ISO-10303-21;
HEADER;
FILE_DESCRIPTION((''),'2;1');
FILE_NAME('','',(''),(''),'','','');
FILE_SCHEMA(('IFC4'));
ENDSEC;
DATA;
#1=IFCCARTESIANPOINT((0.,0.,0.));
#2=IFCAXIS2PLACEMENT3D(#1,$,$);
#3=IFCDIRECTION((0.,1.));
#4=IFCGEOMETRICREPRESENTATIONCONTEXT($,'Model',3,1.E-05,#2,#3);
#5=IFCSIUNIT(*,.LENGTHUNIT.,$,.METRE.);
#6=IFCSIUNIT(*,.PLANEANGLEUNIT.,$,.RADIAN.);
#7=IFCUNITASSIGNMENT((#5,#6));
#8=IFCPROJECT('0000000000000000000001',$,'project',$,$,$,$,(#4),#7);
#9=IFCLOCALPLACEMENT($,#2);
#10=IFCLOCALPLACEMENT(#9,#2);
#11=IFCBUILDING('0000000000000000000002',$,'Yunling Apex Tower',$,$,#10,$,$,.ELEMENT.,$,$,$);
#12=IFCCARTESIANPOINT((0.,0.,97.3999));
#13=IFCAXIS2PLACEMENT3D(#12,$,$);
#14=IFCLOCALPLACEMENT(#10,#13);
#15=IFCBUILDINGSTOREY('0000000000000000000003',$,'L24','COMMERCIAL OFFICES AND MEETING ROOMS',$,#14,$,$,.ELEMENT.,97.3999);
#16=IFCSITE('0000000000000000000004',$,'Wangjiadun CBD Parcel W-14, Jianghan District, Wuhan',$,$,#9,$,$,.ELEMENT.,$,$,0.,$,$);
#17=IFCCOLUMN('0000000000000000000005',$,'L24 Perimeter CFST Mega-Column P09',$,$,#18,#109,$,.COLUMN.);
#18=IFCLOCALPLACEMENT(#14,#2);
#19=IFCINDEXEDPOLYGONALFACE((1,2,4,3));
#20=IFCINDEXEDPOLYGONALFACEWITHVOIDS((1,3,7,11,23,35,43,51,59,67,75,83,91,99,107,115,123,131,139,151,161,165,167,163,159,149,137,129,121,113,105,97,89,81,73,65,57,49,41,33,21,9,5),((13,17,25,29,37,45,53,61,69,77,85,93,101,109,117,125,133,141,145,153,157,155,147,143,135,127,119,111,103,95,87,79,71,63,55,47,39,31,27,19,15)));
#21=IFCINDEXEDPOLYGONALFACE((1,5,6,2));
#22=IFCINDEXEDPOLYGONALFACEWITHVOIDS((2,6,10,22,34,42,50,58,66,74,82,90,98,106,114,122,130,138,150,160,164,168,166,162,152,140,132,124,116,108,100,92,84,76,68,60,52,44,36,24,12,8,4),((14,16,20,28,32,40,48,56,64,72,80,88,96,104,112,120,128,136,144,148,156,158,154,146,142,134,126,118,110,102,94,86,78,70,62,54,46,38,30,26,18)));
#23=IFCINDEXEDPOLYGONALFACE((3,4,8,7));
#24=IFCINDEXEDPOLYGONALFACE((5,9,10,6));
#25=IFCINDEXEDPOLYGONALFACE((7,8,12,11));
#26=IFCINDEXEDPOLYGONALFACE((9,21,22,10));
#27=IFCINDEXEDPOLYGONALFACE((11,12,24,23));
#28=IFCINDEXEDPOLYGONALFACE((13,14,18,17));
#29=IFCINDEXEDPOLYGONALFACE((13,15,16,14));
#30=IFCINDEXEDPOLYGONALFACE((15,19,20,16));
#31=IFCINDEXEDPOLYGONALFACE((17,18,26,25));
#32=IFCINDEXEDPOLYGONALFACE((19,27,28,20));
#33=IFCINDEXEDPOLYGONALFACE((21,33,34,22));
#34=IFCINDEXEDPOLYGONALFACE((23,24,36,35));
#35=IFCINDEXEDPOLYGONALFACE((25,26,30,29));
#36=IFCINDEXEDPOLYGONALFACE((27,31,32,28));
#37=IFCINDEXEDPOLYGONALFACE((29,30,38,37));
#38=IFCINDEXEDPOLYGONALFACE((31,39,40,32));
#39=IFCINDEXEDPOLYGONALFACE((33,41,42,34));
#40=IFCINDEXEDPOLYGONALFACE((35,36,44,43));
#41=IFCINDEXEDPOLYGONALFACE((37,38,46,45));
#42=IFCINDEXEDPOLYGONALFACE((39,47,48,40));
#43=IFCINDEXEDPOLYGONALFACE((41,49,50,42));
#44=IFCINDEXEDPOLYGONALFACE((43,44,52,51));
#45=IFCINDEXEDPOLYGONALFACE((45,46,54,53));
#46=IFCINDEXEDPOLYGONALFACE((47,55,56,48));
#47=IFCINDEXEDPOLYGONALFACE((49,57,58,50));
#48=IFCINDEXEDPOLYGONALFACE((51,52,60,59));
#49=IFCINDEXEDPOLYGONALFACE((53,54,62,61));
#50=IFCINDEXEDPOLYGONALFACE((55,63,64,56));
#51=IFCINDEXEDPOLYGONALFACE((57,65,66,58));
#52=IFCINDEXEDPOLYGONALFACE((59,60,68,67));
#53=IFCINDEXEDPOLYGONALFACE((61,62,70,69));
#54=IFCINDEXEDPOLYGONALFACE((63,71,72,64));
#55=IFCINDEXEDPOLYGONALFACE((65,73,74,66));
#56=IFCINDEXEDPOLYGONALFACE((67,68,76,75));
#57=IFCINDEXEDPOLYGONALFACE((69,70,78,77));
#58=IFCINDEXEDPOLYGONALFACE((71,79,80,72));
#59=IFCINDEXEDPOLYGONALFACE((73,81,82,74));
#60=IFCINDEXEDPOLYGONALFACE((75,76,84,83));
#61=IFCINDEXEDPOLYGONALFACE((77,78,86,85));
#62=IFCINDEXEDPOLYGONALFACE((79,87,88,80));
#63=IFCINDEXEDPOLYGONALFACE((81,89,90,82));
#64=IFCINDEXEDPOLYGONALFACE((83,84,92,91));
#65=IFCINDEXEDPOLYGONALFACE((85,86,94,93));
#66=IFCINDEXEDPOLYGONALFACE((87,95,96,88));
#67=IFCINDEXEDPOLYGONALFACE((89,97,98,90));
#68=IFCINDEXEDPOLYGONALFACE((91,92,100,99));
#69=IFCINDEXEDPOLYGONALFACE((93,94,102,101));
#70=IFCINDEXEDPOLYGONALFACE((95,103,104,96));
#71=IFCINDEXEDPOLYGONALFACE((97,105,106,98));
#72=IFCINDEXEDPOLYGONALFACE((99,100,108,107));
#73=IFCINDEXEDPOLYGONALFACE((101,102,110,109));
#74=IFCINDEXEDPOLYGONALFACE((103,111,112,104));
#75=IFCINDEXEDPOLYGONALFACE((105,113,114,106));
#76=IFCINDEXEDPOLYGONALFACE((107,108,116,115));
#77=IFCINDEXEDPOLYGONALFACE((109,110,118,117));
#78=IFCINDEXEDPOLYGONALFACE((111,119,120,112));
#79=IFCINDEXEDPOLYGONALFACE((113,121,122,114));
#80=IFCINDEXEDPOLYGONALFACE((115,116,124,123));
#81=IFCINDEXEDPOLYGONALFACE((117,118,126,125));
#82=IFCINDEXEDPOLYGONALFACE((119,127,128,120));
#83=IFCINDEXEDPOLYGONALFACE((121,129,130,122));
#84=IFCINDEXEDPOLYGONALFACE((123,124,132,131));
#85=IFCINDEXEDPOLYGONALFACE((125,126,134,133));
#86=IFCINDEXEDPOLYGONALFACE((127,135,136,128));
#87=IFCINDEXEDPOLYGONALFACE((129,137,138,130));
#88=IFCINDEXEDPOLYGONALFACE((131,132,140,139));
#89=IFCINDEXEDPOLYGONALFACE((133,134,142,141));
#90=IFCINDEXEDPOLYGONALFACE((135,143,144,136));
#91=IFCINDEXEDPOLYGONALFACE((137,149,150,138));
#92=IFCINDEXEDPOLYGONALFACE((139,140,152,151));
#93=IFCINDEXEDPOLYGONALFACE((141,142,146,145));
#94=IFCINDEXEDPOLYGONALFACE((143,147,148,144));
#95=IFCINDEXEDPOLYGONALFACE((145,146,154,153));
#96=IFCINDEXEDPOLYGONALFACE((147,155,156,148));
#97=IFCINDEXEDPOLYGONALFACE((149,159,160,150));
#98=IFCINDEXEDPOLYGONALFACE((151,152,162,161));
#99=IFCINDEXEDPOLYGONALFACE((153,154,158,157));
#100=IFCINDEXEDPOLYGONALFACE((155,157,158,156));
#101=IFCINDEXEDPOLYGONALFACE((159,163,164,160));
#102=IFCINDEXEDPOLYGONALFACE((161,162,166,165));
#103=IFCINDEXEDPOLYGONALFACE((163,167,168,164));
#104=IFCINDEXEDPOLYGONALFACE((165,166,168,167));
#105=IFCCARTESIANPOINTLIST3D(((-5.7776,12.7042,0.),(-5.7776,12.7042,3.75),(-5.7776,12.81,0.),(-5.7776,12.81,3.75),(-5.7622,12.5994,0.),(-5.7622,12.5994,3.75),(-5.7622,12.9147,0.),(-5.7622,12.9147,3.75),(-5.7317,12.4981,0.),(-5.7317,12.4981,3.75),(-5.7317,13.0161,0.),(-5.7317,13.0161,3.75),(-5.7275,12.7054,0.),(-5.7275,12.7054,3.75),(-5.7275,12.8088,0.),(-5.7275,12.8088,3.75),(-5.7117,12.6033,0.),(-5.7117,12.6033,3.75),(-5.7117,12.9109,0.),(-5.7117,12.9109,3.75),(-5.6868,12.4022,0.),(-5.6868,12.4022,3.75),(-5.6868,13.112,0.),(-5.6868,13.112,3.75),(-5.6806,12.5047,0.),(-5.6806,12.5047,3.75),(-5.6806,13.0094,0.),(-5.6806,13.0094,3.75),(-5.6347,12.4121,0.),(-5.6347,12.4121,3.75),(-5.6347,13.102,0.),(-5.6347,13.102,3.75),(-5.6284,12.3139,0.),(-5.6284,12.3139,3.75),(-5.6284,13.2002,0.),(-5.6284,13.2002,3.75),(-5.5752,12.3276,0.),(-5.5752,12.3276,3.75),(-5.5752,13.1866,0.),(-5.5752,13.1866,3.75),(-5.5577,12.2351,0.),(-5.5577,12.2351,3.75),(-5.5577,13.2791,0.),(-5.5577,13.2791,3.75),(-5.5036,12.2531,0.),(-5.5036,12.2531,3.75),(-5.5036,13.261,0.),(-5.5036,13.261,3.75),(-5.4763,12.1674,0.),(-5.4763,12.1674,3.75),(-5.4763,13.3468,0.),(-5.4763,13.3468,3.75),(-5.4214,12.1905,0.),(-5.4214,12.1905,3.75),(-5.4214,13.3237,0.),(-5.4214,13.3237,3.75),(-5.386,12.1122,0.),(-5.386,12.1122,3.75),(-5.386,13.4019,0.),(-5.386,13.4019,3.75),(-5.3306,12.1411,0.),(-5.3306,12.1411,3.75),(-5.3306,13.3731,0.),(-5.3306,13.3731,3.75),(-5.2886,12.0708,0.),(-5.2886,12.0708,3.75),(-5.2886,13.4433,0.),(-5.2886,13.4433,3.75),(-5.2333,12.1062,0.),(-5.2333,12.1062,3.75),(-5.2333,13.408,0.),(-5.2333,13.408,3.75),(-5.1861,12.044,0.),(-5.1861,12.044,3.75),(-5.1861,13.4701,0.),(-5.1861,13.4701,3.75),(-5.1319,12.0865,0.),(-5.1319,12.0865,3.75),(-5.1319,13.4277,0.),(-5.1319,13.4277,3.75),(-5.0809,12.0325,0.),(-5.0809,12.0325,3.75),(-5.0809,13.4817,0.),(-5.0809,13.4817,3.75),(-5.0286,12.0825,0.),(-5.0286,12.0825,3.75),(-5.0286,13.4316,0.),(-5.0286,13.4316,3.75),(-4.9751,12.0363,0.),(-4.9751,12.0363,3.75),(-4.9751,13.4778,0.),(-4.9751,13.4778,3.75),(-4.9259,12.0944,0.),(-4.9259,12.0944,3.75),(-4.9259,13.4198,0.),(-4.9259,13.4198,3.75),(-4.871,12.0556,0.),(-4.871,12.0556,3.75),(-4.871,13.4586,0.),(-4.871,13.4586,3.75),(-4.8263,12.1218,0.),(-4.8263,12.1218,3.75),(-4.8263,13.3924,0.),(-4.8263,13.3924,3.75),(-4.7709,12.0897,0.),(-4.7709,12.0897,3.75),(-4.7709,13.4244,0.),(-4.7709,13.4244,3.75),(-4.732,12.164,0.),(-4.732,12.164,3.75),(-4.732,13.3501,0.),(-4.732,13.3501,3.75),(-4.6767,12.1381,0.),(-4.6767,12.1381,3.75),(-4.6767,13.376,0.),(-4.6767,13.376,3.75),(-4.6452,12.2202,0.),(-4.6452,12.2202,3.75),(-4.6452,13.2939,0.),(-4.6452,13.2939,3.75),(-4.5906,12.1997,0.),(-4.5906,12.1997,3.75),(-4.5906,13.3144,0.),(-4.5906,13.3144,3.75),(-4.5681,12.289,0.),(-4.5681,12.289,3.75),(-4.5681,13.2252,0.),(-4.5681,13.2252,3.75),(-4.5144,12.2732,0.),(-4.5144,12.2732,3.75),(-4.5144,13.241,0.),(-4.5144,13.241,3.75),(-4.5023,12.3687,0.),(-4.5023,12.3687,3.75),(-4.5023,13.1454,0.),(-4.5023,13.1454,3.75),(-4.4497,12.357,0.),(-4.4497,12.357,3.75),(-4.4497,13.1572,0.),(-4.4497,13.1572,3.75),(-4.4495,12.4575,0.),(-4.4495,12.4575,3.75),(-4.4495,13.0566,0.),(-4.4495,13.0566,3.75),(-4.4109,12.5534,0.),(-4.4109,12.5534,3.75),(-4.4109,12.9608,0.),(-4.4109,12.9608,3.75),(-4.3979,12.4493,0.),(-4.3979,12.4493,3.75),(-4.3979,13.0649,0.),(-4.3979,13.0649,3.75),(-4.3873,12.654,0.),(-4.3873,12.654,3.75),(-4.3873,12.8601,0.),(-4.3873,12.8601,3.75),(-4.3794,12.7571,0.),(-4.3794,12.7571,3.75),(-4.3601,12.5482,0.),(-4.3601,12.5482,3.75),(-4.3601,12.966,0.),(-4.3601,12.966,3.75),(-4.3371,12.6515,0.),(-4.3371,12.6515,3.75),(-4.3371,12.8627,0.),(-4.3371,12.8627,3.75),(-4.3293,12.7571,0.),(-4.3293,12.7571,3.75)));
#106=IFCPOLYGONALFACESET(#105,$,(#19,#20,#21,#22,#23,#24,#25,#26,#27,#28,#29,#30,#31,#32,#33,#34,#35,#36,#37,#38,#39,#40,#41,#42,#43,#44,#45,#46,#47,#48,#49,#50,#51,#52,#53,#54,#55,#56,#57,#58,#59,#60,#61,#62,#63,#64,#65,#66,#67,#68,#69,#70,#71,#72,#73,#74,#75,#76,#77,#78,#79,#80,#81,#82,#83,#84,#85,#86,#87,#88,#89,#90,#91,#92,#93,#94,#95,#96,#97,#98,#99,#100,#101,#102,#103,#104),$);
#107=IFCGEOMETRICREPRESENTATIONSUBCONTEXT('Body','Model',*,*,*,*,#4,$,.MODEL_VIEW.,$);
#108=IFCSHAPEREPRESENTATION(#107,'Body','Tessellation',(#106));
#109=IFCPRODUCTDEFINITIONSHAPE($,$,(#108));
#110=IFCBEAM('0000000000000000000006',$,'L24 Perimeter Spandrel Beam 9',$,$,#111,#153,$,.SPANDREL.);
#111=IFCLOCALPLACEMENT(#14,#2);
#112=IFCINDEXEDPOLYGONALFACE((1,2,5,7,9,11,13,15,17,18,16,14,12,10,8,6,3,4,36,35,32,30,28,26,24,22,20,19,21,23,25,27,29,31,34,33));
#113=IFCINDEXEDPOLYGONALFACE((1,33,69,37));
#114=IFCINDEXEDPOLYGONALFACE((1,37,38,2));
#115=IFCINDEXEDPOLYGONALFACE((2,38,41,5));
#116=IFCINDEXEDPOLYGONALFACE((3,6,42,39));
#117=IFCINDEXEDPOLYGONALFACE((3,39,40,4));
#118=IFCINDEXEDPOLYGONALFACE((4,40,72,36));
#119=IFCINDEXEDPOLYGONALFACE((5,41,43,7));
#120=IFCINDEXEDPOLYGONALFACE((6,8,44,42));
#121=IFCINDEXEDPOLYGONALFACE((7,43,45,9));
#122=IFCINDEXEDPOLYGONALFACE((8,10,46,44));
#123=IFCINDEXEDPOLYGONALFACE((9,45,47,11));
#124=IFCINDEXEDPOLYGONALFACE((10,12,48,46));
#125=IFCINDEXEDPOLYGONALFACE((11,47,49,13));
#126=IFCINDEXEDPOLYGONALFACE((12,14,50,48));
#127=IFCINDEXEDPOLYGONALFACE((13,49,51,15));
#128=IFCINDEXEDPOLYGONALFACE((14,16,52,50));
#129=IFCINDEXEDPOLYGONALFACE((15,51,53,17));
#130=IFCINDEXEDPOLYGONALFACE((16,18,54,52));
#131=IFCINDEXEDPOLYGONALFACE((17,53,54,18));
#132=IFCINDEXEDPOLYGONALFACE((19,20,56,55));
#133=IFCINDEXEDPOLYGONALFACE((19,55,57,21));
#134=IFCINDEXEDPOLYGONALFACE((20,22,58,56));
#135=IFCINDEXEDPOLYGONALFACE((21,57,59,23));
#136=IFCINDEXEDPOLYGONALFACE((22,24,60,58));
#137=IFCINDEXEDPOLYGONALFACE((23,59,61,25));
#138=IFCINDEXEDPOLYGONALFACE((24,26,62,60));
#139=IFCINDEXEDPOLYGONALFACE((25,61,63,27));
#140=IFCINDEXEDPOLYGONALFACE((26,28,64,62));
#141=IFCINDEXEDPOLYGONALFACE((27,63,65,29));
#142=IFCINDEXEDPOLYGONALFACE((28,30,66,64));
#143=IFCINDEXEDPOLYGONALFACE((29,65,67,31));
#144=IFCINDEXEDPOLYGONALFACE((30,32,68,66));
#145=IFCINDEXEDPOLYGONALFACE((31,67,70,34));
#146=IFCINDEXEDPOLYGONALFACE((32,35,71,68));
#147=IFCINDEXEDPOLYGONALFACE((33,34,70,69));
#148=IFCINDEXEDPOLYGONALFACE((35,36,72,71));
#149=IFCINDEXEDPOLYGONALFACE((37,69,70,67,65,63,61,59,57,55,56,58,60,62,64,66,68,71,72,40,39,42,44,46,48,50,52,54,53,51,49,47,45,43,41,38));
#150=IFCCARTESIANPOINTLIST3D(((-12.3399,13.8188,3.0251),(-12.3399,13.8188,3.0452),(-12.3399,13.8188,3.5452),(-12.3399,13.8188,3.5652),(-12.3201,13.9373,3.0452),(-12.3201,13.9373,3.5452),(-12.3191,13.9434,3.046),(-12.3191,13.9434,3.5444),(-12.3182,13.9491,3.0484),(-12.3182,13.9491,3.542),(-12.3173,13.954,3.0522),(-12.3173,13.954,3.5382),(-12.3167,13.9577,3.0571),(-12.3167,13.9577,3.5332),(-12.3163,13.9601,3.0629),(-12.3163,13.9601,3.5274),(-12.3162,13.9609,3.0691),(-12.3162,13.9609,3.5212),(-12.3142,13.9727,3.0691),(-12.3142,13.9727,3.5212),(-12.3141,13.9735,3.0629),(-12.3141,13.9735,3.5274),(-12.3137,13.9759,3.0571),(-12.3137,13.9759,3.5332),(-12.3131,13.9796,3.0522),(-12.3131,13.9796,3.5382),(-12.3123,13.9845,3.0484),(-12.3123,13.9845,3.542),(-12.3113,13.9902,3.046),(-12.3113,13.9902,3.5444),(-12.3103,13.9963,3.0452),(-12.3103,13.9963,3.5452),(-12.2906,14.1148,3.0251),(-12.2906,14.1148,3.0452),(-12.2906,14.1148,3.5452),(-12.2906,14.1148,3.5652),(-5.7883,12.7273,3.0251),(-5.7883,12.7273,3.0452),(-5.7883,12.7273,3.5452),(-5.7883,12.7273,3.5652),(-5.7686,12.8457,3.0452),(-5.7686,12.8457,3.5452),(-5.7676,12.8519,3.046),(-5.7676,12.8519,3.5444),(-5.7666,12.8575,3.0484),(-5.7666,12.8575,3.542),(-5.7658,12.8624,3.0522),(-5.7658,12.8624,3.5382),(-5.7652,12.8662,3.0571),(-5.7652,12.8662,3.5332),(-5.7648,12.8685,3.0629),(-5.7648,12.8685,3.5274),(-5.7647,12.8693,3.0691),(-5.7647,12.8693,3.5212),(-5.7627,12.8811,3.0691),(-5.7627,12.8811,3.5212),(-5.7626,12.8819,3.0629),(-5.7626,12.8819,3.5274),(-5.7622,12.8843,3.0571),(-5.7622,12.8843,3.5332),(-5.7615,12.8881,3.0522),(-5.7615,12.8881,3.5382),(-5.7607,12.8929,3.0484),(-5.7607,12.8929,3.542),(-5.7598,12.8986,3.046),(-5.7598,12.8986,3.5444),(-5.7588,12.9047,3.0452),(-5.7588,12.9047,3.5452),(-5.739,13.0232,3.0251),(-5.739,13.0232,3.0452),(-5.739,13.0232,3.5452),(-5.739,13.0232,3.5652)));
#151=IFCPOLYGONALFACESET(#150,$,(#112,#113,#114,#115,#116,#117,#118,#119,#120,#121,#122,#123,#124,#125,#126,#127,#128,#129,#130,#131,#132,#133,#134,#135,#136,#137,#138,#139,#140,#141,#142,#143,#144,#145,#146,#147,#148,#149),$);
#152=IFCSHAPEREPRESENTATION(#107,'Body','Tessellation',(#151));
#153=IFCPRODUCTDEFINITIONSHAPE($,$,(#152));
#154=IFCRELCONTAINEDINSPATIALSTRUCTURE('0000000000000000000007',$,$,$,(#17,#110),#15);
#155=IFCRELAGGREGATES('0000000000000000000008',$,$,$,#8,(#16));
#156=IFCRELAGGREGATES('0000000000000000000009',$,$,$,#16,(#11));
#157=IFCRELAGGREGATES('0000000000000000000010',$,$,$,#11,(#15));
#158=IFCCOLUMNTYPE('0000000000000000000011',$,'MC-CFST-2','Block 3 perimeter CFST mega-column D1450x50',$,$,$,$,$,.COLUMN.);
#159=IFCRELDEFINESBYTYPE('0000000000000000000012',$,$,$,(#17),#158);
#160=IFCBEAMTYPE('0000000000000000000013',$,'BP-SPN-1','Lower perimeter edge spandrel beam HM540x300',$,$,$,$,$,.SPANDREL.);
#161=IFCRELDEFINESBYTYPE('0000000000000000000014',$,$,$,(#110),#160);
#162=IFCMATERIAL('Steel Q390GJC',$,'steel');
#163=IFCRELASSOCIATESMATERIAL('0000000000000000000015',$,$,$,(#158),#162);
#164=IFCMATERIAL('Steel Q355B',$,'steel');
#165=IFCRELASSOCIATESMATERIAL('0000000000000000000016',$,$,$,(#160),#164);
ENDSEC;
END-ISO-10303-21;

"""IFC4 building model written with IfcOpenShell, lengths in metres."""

from ifc_helpers import new_model, si_unit, direction, frame, origin, origin_2d, place, context, subcontext, project, spatial, hollow_circle, i_section, extrude, source, transform, mapped, material, material_profile, profile_set, type_object, element, save


model = new_model("IFC4")

# Units and contexts
model_context = context("Model", 3, precision=1e-05, world=origin(), true_north=direction((0.0, 1.0)))
body_context = subcontext(model_context, "Body", "Model", "MODEL_VIEW")
ifc_project = project(units=[si_unit("LENGTHUNIT", "METRE"), si_unit("PLANEANGLEUNIT", "RADIAN")], contexts=[model_context])

# Site, building, storey
site_placement = place(None, origin())
site = spatial("IfcSite", under=ifc_project, at=site_placement, Name="Wangjiadun CBD Parcel W-14, Jianghan District, Wuhan", CompositionType="ELEMENT", RefElevation=0.0)
building_placement = place(site_placement, origin())
building = spatial("IfcBuilding", under=site, at=building_placement, Name="Yunling Apex Tower", CompositionType="ELEMENT")
storey_placement = place(building_placement, frame((0.0, 0.0, 97.3999)))
storey = spatial("IfcBuildingStorey", under=building, at=storey_placement, Name="L24", Description="COMMERCIAL OFFICES AND MEETING ROOMS", CompositionType="ELEMENT", Elevation=97.3999)

# Column
ifc_material_1 = material(Name="Steel Q390GJC", Category="steel")
ifc_material_profile_1 = material_profile(ifc_material_1, hollow_circle(Radius=0.7251, WallThickness=0.05, at=origin_2d()))
ifc_profile_set_1 = profile_set([ifc_material_profile_1], Name="Steel Q390GJC")
column_type = type_object("IfcColumnType", Name="MC-CFST-2", Description="Block 3 perimeter CFST mega-column D1450x50", PredefinedType="COLUMN", material=ifc_profile_set_1)
shared_shape_1 = source(origin(), body_context, "Body", "SweptSolid", [
    extrude(hollow_circle(Radius=0.7251, WallThickness=0.05, at=origin_2d()), origin(), (0.0, 0.0, 1.0), 3.75),
])
column_placement = place(storey_placement, frame((-5.0544, 12.7571, 0.0), z_axis=(0.0, 0.0, 1.0), x_axis=(1.0, 0.0, 0.0)))
element("IfcColumn", 1, at=column_placement, inside=storey, type_object=column_type, Name="L24 Perimeter CFST Mega-Column P09", PredefinedType="COLUMN", context=body_context, shape_type="MappedRepresentation", body=[
    mapped(shared_shape_1, transform((0.0, 0.0, 0.0), scale=1.0)),
])

# Beam
ifc_material_2 = material(Name="Steel Q355B", Category="steel")
ifc_material_profile_2 = material_profile(ifc_material_2, i_section(OverallWidth=0.3, OverallDepth=0.54, WebThickness=0.012, FlangeThickness=0.02, FilletRadius=0.0239, at=origin_2d()))
ifc_profile_set_2 = profile_set([ifc_material_profile_2], Name="Steel Q355B")
beam_type_1 = type_object("IfcBeamType", Name="BP-SPN-1", Description="Lower perimeter edge spandrel beam HM540x300", PredefinedType="SPANDREL", material=ifc_profile_set_2)
shared_shape_2 = source(origin(), body_context, "Body", "SweptSolid", [
    extrude(i_section(OverallWidth=0.3, OverallDepth=0.54, WebThickness=0.012, FlangeThickness=0.02, FilletRadius=0.0239, at=origin_2d()), origin(), (0.0, 0.0, 1.0), 6.6418),
])
beam_1_placement = place(storey_placement, frame((-5.7637, 12.8752, 3.2952), z_axis=(-0.986403, 0.164345, 0.0), x_axis=(-0.164345, -0.986403, 0.0)))
element("IfcBeam", 2, at=beam_1_placement, inside=storey, type_object=beam_type_1, Name="L24 Perimeter Spandrel Beam 9", PredefinedType="SPANDREL", context=body_context, shape_type="MappedRepresentation", body=[
    mapped(shared_shape_2, transform((0.0, 0.0, 0.0), scale=1.0)),
])

save(model, "model.ifc")
